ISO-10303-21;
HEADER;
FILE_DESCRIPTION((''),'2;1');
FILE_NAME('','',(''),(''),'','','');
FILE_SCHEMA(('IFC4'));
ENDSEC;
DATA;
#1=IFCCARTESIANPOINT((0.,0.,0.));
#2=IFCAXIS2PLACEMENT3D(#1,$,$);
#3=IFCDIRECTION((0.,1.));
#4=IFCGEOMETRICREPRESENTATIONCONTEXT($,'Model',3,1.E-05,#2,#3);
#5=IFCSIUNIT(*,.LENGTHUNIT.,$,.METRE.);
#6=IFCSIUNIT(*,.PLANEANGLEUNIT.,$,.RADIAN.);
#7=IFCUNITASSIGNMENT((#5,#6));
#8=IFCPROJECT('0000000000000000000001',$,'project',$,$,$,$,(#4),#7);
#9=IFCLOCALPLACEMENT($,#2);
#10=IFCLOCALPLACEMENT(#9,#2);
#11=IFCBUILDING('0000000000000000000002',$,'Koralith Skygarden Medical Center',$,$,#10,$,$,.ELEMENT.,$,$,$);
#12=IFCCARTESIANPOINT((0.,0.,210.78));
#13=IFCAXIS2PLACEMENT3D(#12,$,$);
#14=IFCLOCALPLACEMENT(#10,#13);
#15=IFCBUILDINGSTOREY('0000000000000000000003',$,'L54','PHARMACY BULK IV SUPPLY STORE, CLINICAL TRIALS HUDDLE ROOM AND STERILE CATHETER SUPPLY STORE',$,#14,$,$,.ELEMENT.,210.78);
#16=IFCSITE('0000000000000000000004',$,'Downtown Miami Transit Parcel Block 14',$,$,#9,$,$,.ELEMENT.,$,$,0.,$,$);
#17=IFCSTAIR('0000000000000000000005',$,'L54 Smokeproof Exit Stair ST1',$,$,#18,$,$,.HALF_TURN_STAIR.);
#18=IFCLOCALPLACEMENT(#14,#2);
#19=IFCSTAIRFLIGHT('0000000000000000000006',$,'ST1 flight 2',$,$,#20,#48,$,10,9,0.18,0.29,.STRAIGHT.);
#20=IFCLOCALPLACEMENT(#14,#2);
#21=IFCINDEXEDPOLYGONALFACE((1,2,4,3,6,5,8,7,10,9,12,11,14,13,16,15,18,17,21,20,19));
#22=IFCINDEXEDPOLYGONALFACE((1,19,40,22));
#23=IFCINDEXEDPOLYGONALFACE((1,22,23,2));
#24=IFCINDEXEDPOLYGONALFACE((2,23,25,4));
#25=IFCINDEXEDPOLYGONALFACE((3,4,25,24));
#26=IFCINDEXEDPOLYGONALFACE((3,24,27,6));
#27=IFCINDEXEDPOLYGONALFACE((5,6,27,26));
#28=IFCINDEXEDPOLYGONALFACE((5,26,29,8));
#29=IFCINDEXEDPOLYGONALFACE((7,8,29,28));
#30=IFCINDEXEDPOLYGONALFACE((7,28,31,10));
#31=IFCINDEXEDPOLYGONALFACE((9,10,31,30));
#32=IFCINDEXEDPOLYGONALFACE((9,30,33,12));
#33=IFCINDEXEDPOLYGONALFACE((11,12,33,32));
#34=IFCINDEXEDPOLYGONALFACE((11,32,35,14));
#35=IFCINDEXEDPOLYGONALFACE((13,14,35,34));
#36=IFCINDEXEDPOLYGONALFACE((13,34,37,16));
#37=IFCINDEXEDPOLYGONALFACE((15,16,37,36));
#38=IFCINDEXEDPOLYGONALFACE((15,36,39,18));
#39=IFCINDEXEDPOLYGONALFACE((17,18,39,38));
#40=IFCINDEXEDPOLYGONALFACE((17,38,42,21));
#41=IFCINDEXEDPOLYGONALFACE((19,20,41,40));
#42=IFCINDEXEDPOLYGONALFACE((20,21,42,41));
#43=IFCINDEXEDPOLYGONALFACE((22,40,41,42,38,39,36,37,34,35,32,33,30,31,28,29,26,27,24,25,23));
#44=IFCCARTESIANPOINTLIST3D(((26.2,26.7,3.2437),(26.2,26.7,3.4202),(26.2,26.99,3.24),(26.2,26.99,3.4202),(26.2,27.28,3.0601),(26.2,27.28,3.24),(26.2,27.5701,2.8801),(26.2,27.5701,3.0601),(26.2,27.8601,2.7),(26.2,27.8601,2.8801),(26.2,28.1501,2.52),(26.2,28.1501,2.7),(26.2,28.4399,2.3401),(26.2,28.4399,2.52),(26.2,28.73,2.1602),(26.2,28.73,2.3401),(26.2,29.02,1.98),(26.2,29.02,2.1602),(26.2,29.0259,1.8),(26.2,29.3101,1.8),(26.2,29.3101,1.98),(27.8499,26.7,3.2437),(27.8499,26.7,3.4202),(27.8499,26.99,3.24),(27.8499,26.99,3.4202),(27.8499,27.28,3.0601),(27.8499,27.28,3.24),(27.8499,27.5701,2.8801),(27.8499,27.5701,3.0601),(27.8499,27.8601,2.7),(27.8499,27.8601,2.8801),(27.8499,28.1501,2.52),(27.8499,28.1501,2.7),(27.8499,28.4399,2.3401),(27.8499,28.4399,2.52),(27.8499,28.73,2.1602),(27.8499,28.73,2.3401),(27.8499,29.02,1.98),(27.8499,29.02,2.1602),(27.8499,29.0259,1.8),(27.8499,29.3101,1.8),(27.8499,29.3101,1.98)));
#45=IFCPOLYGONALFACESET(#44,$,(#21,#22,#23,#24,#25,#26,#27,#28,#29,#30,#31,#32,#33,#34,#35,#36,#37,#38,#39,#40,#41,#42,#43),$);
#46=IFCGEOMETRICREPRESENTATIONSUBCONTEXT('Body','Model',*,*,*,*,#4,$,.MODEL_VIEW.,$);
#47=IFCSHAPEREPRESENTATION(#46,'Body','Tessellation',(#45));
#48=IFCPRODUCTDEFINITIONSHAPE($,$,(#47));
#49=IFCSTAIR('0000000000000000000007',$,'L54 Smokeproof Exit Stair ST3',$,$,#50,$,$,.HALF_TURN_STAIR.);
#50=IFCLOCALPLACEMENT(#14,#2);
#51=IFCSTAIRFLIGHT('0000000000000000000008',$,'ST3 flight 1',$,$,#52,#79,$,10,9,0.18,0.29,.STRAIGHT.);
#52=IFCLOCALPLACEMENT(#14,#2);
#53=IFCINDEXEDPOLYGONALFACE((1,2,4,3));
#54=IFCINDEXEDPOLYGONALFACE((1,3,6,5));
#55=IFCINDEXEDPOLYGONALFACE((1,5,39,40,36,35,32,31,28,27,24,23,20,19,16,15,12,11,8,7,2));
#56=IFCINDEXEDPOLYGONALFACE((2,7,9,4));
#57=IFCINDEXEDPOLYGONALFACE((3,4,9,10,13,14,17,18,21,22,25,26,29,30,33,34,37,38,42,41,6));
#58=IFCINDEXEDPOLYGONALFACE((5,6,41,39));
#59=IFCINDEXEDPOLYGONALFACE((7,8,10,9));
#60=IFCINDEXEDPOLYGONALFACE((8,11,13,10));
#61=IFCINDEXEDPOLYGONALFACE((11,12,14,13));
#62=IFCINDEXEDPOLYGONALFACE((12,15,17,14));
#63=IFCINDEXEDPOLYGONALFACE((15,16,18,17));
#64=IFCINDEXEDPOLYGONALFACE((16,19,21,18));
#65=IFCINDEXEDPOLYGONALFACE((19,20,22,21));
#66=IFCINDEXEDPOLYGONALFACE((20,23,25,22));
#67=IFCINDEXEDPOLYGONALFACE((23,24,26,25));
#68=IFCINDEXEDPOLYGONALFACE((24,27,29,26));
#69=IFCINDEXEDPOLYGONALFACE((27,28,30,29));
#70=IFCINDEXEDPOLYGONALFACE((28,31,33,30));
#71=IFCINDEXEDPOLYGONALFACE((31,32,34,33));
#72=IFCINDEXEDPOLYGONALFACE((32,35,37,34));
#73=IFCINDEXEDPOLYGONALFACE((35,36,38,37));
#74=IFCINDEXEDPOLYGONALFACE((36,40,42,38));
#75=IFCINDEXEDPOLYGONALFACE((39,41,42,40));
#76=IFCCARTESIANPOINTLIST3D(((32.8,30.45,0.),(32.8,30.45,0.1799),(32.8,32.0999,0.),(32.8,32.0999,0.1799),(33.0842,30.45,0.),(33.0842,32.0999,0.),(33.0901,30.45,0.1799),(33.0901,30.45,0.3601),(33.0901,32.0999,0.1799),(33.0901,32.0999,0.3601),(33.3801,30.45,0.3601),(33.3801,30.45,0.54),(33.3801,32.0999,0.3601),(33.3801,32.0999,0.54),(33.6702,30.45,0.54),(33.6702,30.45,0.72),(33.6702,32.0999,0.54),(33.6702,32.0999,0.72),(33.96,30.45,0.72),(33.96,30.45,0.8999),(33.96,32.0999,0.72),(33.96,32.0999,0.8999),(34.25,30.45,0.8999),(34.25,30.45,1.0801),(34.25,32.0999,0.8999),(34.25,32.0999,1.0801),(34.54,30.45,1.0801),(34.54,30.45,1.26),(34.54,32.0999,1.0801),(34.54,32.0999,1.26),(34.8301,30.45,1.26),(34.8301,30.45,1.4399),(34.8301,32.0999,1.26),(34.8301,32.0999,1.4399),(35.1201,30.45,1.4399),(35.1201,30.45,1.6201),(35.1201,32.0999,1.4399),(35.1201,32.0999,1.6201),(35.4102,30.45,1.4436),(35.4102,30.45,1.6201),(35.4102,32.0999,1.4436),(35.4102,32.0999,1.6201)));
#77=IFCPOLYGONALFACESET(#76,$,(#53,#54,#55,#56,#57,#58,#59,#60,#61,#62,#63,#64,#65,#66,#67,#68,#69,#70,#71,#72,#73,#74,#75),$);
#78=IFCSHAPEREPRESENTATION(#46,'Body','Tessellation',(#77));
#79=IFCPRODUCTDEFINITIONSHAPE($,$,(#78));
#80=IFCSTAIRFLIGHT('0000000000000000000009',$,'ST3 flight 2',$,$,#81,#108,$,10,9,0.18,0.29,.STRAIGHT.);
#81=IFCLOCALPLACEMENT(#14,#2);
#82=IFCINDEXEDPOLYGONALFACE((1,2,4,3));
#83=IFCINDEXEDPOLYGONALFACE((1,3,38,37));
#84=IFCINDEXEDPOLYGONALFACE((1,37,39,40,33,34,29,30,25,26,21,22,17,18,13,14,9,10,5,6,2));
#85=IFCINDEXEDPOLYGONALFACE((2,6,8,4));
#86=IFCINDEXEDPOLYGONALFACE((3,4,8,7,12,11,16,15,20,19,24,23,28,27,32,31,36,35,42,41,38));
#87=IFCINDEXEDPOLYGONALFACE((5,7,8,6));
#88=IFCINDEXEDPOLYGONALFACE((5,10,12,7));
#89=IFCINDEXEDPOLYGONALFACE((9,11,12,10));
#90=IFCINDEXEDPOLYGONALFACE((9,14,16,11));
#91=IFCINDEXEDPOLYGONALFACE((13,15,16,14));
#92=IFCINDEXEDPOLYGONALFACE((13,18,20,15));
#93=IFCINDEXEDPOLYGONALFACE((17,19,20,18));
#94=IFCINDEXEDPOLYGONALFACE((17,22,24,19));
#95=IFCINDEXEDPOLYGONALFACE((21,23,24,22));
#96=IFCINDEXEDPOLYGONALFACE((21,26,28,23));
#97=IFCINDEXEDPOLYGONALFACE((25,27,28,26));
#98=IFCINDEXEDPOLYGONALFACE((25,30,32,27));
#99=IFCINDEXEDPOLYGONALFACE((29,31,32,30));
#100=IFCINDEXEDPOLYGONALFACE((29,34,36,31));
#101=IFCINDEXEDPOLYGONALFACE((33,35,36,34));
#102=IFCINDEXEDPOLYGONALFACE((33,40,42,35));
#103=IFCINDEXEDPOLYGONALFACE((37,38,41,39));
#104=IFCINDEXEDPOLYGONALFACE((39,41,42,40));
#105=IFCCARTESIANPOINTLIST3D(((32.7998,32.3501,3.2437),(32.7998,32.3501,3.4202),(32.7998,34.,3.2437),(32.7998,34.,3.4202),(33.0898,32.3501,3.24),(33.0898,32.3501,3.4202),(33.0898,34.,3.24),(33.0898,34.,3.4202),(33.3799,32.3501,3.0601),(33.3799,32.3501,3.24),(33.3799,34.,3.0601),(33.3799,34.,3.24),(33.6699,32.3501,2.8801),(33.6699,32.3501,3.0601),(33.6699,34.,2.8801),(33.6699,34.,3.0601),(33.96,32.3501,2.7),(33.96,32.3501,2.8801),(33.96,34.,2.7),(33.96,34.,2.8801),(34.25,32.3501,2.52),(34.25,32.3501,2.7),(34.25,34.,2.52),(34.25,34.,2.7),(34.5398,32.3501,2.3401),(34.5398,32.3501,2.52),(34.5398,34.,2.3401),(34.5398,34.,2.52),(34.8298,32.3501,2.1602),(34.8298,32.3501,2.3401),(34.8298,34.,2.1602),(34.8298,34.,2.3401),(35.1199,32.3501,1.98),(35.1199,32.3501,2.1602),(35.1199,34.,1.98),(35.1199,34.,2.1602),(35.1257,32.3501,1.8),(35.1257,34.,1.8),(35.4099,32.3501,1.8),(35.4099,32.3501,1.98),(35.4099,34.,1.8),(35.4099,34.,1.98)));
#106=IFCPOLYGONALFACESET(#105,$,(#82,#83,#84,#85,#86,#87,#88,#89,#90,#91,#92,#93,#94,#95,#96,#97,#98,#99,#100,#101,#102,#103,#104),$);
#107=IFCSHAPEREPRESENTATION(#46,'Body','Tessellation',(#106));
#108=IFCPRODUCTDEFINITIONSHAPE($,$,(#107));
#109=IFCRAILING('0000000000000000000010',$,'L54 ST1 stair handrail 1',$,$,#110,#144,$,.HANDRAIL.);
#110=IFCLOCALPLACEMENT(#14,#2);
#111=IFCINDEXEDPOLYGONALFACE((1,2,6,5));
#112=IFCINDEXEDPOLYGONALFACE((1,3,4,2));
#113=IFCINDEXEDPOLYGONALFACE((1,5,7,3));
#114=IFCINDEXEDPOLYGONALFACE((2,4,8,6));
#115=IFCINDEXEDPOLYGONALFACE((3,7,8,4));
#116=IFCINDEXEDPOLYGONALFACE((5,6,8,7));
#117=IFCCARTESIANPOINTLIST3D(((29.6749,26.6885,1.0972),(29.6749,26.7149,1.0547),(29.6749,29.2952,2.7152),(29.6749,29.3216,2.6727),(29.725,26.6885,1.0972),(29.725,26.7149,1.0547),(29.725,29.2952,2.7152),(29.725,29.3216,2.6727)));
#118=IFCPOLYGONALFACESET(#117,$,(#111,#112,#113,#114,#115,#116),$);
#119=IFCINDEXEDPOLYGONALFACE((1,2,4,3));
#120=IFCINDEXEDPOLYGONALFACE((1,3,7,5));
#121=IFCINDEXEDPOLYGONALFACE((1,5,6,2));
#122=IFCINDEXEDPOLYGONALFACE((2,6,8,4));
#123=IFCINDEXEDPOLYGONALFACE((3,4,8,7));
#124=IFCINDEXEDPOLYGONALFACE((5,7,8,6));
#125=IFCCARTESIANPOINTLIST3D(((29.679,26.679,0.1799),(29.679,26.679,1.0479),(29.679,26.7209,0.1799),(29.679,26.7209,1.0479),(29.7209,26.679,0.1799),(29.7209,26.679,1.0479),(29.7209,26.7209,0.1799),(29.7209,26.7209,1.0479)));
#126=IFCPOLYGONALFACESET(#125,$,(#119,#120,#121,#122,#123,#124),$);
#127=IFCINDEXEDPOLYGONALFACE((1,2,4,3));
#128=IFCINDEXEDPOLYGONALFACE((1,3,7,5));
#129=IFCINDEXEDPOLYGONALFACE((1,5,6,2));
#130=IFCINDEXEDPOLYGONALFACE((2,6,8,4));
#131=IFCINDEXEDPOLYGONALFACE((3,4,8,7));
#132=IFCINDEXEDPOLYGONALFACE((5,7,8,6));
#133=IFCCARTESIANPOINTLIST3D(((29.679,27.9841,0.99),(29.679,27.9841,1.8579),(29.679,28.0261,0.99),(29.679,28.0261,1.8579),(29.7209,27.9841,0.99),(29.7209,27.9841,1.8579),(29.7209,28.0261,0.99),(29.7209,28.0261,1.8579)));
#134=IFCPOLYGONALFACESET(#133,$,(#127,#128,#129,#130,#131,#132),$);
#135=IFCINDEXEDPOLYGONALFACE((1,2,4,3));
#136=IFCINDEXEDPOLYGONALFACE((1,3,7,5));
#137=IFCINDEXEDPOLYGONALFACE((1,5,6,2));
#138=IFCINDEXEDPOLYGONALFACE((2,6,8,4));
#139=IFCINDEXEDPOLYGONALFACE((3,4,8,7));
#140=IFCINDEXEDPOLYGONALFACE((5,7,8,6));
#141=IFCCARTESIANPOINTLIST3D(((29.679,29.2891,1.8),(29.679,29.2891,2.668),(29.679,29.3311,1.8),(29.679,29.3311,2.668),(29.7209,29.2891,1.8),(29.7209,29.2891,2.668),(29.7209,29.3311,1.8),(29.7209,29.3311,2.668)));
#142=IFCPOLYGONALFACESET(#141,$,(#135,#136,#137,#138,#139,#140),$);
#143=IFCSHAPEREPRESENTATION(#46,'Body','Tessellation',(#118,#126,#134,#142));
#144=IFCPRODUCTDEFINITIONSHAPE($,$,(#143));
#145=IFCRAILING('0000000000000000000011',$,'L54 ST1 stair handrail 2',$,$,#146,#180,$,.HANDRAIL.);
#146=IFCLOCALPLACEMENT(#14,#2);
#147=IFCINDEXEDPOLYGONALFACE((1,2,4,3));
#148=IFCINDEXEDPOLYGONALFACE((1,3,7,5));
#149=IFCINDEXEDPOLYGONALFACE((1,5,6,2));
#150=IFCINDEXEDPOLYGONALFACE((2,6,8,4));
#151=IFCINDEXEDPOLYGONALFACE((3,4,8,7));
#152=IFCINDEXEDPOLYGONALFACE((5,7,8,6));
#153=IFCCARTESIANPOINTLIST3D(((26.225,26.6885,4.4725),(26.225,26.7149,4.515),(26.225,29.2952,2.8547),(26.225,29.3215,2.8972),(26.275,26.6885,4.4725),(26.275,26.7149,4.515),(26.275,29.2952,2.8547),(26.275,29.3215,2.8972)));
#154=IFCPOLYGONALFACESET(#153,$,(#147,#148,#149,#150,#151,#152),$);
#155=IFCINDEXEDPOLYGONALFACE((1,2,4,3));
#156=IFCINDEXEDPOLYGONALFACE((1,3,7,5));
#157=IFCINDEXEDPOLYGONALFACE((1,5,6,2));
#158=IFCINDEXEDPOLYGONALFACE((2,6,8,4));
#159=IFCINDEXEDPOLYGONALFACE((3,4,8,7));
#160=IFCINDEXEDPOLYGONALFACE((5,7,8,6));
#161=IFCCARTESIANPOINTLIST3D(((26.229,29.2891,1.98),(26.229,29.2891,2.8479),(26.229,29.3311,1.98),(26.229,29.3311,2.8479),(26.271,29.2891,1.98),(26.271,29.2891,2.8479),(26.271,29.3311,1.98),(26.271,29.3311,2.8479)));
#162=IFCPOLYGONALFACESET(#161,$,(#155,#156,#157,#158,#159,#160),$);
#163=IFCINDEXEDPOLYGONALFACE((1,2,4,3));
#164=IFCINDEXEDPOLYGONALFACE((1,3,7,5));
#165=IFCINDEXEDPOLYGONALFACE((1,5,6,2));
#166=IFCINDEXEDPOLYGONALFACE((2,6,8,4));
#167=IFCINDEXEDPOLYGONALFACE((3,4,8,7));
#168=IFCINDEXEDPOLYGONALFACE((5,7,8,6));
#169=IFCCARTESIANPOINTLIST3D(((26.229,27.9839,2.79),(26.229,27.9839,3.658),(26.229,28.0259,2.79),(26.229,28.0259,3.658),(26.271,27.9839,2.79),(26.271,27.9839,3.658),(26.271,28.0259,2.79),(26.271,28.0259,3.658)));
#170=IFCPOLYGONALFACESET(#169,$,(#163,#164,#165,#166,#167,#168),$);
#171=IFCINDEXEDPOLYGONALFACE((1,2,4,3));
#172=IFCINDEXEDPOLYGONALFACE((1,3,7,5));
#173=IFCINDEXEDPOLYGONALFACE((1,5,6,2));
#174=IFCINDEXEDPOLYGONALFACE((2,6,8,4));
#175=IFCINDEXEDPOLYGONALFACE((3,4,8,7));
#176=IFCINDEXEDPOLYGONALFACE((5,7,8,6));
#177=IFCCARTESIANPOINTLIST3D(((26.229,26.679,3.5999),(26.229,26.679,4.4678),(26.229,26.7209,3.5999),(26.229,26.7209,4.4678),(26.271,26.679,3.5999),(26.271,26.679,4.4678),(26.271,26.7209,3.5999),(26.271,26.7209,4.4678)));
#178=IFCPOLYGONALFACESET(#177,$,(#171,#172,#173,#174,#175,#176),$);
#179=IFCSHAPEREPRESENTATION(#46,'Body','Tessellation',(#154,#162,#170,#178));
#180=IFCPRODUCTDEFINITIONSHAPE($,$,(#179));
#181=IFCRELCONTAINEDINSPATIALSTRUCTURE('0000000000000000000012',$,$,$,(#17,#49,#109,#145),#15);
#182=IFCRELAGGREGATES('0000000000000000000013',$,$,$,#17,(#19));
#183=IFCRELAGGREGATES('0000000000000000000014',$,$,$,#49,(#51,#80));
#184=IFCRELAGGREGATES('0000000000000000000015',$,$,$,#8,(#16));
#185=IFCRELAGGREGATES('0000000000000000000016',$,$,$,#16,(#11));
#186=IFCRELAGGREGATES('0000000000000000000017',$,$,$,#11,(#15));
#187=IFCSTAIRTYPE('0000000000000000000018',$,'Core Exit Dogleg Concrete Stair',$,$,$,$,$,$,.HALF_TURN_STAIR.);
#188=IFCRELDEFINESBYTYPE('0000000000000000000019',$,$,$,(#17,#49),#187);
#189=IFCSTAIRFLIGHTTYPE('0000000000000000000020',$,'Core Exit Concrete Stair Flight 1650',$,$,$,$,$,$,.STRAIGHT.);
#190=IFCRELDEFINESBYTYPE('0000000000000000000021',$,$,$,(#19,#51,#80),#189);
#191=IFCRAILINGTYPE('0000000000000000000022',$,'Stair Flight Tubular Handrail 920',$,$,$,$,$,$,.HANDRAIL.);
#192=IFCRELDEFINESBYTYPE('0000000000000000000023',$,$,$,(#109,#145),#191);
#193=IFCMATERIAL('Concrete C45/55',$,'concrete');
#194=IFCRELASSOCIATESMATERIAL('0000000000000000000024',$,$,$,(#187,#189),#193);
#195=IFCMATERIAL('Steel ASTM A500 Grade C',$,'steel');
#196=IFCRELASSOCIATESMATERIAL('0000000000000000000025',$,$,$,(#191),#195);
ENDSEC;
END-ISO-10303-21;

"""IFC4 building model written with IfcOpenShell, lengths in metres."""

from ifc_helpers import new_model, si_unit, direction, frame, origin, origin_2d, place, context, subcontext, project, spatial, polyline, rectangle, outline, extrude, material, type_object, element, aggregate, save


model = new_model("IFC4")

# Units and contexts
model_context = context("Model", 3, precision=1e-05, world=origin(), true_north=direction((0.0, 1.0)))
body_context = subcontext(model_context, "Body", "Model", "MODEL_VIEW")
ifc_project = project(units=[si_unit("LENGTHUNIT", "METRE"), si_unit("PLANEANGLEUNIT", "RADIAN")], contexts=[model_context])

# Site, building, storey
site_placement = place(None, origin())
site = spatial("IfcSite", under=ifc_project, at=site_placement, Name="Downtown Miami Transit Parcel Block 14", CompositionType="ELEMENT", RefElevation=0.0)
building_placement = place(site_placement, origin())
building = spatial("IfcBuilding", under=site, at=building_placement, Name="Koralith Skygarden Medical Center", CompositionType="ELEMENT")
storey_placement = place(building_placement, frame((0.0, 0.0, 210.78)))
storey = spatial("IfcBuildingStorey", under=building, at=storey_placement, Name="L54", Description="PHARMACY BULK IV SUPPLY STORE, CLINICAL TRIALS HUDDLE ROOM AND STERILE CATHETER SUPPLY STORE", CompositionType="ELEMENT", Elevation=210.78)

# Shared definitions
ifc_material_1 = material(Name="Concrete C45/55", Category="concrete")

# Stairs, stair flights
stair_type = type_object("IfcStairType", Name="Core Exit Dogleg Concrete Stair", PredefinedType="HALF_TURN_STAIR", material=ifc_material_1)
stair_1_placement = place(storey_placement, origin())
stair_1 = element("IfcStair", 1, at=stair_1_placement, inside=storey, type_object=stair_type, Name="L54 Smokeproof Exit Stair ST1", PredefinedType="HALF_TURN_STAIR")
stair_flight_type = type_object("IfcStairFlightType", Name="Core Exit Concrete Stair Flight 1650", PredefinedType="STRAIGHT", material=ifc_material_1)
stair_flight_1_placement = place(storey_placement, frame((27.0249, 29.3101, 1.8), z_axis=(0.0, 0.0, 1.0), x_axis=(0.0, -1.0, 0.0)))
stair_flight_1 = element("IfcStairFlight", 2, at=stair_flight_1_placement, type_object=stair_flight_type, Name="ST1 flight 2", NumberOfRisers=10, NumberOfTreads=9, PredefinedType="STRAIGHT", RiserHeight=0.18, TreadLength=0.29, context=body_context, shape_type="SweptSolid", body=[
    extrude(outline(polyline([(0.0, 0.0), (0.0, 0.1799), (0.29, 0.1799), (0.29, 0.3601), (0.5801, 0.3601), (0.5801, 0.54), (0.8701, 0.54), (0.8701, 0.72), (1.1599, 0.72), (1.1599, 0.8999), (1.45, 0.8999), (1.45, 1.0801), (1.74, 1.0801), (1.74, 1.26), (2.03, 1.26), (2.03, 1.4399), (2.3201, 1.4399), (2.3201, 1.6201), (2.6101, 1.6201), (2.6101, 1.8), (2.6101, 1.4436), (0.2842, 0.0), (0.0, 0.0)])), frame((0.0, 0.825, 0.0), z_axis=(0.0, -1.0, 0.0), x_axis=(1.0, 0.0, 0.0)), (0.0, 0.0, 1.0), 1.6499),
])
aggregate(stair_1, [stair_flight_1])
stair_2_placement = place(storey_placement, origin())
stair_2 = element("IfcStair", 3, at=stair_2_placement, inside=storey, type_object=stair_type, Name="L54 Smokeproof Exit Stair ST3", PredefinedType="HALF_TURN_STAIR")
stair_flight_2_placement = place(storey_placement, frame((32.8, 31.2749, 0.0), z_axis=(0.0, 0.0, 1.0), x_axis=(1.0, 0.0, 0.0)))
stair_flight_2 = element("IfcStairFlight", 4, at=stair_flight_2_placement, type_object=stair_flight_type, Name="ST3 flight 1", NumberOfRisers=10, NumberOfTreads=9, PredefinedType="STRAIGHT", RiserHeight=0.18, TreadLength=0.29, context=body_context, shape_type="SweptSolid", body=[
    extrude(outline(polyline([(0.0, 0.0), (0.0, 0.1799), (0.29, 0.1799), (0.29, 0.3601), (0.5801, 0.3601), (0.5801, 0.54), (0.8701, 0.54), (0.8701, 0.72), (1.1599, 0.72), (1.1599, 0.8999), (1.45, 0.8999), (1.45, 1.0801), (1.74, 1.0801), (1.74, 1.26), (2.03, 1.26), (2.03, 1.4399), (2.3201, 1.4399), (2.3201, 1.6201), (2.6101, 1.6201), (2.6101, 1.8), (2.6101, 1.4436), (0.2842, 0.0), (0.0, 0.0)])), frame((0.0, 0.825, 0.0), z_axis=(0.0, -1.0, 0.0), x_axis=(1.0, 0.0, 0.0)), (0.0, 0.0, 1.0), 1.6499),
])
stair_flight_3_placement = place(storey_placement, frame((35.4099, 33.175, 1.8), z_axis=(0.0, 0.0, 1.0), x_axis=(-1.0, 0.0, 0.0)))
stair_flight_3 = element("IfcStairFlight", 5, at=stair_flight_3_placement, type_object=stair_flight_type, Name="ST3 flight 2", NumberOfRisers=10, NumberOfTreads=9, PredefinedType="STRAIGHT", RiserHeight=0.18, TreadLength=0.29, context=body_context, shape_type="SweptSolid", body=[
    extrude(outline(polyline([(0.0, 0.0), (0.0, 0.1799), (0.29, 0.1799), (0.29, 0.3601), (0.5801, 0.3601), (0.5801, 0.54), (0.8701, 0.54), (0.8701, 0.72), (1.1599, 0.72), (1.1599, 0.8999), (1.45, 0.8999), (1.45, 1.0801), (1.74, 1.0801), (1.74, 1.26), (2.03, 1.26), (2.03, 1.4399), (2.3201, 1.4399), (2.3201, 1.6201), (2.6101, 1.6201), (2.6101, 1.8), (2.6101, 1.4436), (0.2842, 0.0), (0.0, 0.0)])), frame((0.0, 0.825, 0.0), z_axis=(0.0, -1.0, 0.0), x_axis=(1.0, 0.0, 0.0)), (0.0, 0.0, 1.0), 1.6499),
])
aggregate(stair_2, [stair_flight_2, stair_flight_3])

# Railings
ifc_material_2 = material(Name="Steel ASTM A500 Grade C", Category="steel")
railing_type_1 = type_object("IfcRailingType", Name="Stair Flight Tubular Handrail 920", PredefinedType="HANDRAIL", material=ifc_material_2)
railing_1_placement = place(storey_placement, frame((29.7, 26.7, 0.1799)))
element("IfcRailing", 6, at=railing_1_placement, inside=storey, type_object=railing_type_1, Name="L54 ST1 stair handrail 1", PredefinedType="HANDRAIL", context=body_context, shape_type="SweptSolid", body=[
    extrude(rectangle(XDim=0.05, YDim=0.05, at=origin_2d()), frame((0.0, 0.0017, 0.896), z_axis=(0.0, 0.849633, 0.527375), x_axis=(-1.0, 0.0, 0.0)), (0.0, 0.0, 1.0), 3.0681),
    extrude(rectangle(XDim=0.042, YDim=0.042, at=origin_2d()), origin(), (0.0, 0.0, 1.0), 0.8679),
    extrude(rectangle(XDim=0.042, YDim=0.042, at=origin_2d()), frame((0.0, 1.3052, 0.8101)), (0.0, 0.0, 1.0), 0.8679),
    extrude(rectangle(XDim=0.042, YDim=0.042, at=origin_2d()), frame((0.0, 2.6101, 1.6201)), (0.0, 0.0, 1.0), 0.8679),
])
railing_2_placement = place(storey_placement, frame((26.25, 29.3101, 1.98)))
element("IfcRailing", 7, at=railing_2_placement, inside=storey, type_object=railing_type_1, Name="L54 ST1 stair handrail 2", PredefinedType="HANDRAIL", context=body_context, shape_type="SweptSolid", body=[
    extrude(rectangle(XDim=0.05, YDim=0.05, at=origin_2d()), frame((0.0, -0.0017, 0.896), z_axis=(0.0, -0.849668, 0.527317), x_axis=(1.0, 0.0, 0.0)), (0.0, 0.0, 1.0), 3.0679),
    extrude(rectangle(XDim=0.042, YDim=0.042, at=origin_2d()), origin(), (0.0, 0.0, 1.0), 0.8679),
    extrude(rectangle(XDim=0.042, YDim=0.042, at=origin_2d()), frame((0.0, -1.3052, 0.8101)), (0.0, 0.0, 1.0), 0.8679),
    extrude(rectangle(XDim=0.042, YDim=0.042, at=origin_2d()), frame((0.0, -2.6101, 1.6199)), (0.0, 0.0, 1.0), 0.8679),
])

save(model, "model.ifc")
